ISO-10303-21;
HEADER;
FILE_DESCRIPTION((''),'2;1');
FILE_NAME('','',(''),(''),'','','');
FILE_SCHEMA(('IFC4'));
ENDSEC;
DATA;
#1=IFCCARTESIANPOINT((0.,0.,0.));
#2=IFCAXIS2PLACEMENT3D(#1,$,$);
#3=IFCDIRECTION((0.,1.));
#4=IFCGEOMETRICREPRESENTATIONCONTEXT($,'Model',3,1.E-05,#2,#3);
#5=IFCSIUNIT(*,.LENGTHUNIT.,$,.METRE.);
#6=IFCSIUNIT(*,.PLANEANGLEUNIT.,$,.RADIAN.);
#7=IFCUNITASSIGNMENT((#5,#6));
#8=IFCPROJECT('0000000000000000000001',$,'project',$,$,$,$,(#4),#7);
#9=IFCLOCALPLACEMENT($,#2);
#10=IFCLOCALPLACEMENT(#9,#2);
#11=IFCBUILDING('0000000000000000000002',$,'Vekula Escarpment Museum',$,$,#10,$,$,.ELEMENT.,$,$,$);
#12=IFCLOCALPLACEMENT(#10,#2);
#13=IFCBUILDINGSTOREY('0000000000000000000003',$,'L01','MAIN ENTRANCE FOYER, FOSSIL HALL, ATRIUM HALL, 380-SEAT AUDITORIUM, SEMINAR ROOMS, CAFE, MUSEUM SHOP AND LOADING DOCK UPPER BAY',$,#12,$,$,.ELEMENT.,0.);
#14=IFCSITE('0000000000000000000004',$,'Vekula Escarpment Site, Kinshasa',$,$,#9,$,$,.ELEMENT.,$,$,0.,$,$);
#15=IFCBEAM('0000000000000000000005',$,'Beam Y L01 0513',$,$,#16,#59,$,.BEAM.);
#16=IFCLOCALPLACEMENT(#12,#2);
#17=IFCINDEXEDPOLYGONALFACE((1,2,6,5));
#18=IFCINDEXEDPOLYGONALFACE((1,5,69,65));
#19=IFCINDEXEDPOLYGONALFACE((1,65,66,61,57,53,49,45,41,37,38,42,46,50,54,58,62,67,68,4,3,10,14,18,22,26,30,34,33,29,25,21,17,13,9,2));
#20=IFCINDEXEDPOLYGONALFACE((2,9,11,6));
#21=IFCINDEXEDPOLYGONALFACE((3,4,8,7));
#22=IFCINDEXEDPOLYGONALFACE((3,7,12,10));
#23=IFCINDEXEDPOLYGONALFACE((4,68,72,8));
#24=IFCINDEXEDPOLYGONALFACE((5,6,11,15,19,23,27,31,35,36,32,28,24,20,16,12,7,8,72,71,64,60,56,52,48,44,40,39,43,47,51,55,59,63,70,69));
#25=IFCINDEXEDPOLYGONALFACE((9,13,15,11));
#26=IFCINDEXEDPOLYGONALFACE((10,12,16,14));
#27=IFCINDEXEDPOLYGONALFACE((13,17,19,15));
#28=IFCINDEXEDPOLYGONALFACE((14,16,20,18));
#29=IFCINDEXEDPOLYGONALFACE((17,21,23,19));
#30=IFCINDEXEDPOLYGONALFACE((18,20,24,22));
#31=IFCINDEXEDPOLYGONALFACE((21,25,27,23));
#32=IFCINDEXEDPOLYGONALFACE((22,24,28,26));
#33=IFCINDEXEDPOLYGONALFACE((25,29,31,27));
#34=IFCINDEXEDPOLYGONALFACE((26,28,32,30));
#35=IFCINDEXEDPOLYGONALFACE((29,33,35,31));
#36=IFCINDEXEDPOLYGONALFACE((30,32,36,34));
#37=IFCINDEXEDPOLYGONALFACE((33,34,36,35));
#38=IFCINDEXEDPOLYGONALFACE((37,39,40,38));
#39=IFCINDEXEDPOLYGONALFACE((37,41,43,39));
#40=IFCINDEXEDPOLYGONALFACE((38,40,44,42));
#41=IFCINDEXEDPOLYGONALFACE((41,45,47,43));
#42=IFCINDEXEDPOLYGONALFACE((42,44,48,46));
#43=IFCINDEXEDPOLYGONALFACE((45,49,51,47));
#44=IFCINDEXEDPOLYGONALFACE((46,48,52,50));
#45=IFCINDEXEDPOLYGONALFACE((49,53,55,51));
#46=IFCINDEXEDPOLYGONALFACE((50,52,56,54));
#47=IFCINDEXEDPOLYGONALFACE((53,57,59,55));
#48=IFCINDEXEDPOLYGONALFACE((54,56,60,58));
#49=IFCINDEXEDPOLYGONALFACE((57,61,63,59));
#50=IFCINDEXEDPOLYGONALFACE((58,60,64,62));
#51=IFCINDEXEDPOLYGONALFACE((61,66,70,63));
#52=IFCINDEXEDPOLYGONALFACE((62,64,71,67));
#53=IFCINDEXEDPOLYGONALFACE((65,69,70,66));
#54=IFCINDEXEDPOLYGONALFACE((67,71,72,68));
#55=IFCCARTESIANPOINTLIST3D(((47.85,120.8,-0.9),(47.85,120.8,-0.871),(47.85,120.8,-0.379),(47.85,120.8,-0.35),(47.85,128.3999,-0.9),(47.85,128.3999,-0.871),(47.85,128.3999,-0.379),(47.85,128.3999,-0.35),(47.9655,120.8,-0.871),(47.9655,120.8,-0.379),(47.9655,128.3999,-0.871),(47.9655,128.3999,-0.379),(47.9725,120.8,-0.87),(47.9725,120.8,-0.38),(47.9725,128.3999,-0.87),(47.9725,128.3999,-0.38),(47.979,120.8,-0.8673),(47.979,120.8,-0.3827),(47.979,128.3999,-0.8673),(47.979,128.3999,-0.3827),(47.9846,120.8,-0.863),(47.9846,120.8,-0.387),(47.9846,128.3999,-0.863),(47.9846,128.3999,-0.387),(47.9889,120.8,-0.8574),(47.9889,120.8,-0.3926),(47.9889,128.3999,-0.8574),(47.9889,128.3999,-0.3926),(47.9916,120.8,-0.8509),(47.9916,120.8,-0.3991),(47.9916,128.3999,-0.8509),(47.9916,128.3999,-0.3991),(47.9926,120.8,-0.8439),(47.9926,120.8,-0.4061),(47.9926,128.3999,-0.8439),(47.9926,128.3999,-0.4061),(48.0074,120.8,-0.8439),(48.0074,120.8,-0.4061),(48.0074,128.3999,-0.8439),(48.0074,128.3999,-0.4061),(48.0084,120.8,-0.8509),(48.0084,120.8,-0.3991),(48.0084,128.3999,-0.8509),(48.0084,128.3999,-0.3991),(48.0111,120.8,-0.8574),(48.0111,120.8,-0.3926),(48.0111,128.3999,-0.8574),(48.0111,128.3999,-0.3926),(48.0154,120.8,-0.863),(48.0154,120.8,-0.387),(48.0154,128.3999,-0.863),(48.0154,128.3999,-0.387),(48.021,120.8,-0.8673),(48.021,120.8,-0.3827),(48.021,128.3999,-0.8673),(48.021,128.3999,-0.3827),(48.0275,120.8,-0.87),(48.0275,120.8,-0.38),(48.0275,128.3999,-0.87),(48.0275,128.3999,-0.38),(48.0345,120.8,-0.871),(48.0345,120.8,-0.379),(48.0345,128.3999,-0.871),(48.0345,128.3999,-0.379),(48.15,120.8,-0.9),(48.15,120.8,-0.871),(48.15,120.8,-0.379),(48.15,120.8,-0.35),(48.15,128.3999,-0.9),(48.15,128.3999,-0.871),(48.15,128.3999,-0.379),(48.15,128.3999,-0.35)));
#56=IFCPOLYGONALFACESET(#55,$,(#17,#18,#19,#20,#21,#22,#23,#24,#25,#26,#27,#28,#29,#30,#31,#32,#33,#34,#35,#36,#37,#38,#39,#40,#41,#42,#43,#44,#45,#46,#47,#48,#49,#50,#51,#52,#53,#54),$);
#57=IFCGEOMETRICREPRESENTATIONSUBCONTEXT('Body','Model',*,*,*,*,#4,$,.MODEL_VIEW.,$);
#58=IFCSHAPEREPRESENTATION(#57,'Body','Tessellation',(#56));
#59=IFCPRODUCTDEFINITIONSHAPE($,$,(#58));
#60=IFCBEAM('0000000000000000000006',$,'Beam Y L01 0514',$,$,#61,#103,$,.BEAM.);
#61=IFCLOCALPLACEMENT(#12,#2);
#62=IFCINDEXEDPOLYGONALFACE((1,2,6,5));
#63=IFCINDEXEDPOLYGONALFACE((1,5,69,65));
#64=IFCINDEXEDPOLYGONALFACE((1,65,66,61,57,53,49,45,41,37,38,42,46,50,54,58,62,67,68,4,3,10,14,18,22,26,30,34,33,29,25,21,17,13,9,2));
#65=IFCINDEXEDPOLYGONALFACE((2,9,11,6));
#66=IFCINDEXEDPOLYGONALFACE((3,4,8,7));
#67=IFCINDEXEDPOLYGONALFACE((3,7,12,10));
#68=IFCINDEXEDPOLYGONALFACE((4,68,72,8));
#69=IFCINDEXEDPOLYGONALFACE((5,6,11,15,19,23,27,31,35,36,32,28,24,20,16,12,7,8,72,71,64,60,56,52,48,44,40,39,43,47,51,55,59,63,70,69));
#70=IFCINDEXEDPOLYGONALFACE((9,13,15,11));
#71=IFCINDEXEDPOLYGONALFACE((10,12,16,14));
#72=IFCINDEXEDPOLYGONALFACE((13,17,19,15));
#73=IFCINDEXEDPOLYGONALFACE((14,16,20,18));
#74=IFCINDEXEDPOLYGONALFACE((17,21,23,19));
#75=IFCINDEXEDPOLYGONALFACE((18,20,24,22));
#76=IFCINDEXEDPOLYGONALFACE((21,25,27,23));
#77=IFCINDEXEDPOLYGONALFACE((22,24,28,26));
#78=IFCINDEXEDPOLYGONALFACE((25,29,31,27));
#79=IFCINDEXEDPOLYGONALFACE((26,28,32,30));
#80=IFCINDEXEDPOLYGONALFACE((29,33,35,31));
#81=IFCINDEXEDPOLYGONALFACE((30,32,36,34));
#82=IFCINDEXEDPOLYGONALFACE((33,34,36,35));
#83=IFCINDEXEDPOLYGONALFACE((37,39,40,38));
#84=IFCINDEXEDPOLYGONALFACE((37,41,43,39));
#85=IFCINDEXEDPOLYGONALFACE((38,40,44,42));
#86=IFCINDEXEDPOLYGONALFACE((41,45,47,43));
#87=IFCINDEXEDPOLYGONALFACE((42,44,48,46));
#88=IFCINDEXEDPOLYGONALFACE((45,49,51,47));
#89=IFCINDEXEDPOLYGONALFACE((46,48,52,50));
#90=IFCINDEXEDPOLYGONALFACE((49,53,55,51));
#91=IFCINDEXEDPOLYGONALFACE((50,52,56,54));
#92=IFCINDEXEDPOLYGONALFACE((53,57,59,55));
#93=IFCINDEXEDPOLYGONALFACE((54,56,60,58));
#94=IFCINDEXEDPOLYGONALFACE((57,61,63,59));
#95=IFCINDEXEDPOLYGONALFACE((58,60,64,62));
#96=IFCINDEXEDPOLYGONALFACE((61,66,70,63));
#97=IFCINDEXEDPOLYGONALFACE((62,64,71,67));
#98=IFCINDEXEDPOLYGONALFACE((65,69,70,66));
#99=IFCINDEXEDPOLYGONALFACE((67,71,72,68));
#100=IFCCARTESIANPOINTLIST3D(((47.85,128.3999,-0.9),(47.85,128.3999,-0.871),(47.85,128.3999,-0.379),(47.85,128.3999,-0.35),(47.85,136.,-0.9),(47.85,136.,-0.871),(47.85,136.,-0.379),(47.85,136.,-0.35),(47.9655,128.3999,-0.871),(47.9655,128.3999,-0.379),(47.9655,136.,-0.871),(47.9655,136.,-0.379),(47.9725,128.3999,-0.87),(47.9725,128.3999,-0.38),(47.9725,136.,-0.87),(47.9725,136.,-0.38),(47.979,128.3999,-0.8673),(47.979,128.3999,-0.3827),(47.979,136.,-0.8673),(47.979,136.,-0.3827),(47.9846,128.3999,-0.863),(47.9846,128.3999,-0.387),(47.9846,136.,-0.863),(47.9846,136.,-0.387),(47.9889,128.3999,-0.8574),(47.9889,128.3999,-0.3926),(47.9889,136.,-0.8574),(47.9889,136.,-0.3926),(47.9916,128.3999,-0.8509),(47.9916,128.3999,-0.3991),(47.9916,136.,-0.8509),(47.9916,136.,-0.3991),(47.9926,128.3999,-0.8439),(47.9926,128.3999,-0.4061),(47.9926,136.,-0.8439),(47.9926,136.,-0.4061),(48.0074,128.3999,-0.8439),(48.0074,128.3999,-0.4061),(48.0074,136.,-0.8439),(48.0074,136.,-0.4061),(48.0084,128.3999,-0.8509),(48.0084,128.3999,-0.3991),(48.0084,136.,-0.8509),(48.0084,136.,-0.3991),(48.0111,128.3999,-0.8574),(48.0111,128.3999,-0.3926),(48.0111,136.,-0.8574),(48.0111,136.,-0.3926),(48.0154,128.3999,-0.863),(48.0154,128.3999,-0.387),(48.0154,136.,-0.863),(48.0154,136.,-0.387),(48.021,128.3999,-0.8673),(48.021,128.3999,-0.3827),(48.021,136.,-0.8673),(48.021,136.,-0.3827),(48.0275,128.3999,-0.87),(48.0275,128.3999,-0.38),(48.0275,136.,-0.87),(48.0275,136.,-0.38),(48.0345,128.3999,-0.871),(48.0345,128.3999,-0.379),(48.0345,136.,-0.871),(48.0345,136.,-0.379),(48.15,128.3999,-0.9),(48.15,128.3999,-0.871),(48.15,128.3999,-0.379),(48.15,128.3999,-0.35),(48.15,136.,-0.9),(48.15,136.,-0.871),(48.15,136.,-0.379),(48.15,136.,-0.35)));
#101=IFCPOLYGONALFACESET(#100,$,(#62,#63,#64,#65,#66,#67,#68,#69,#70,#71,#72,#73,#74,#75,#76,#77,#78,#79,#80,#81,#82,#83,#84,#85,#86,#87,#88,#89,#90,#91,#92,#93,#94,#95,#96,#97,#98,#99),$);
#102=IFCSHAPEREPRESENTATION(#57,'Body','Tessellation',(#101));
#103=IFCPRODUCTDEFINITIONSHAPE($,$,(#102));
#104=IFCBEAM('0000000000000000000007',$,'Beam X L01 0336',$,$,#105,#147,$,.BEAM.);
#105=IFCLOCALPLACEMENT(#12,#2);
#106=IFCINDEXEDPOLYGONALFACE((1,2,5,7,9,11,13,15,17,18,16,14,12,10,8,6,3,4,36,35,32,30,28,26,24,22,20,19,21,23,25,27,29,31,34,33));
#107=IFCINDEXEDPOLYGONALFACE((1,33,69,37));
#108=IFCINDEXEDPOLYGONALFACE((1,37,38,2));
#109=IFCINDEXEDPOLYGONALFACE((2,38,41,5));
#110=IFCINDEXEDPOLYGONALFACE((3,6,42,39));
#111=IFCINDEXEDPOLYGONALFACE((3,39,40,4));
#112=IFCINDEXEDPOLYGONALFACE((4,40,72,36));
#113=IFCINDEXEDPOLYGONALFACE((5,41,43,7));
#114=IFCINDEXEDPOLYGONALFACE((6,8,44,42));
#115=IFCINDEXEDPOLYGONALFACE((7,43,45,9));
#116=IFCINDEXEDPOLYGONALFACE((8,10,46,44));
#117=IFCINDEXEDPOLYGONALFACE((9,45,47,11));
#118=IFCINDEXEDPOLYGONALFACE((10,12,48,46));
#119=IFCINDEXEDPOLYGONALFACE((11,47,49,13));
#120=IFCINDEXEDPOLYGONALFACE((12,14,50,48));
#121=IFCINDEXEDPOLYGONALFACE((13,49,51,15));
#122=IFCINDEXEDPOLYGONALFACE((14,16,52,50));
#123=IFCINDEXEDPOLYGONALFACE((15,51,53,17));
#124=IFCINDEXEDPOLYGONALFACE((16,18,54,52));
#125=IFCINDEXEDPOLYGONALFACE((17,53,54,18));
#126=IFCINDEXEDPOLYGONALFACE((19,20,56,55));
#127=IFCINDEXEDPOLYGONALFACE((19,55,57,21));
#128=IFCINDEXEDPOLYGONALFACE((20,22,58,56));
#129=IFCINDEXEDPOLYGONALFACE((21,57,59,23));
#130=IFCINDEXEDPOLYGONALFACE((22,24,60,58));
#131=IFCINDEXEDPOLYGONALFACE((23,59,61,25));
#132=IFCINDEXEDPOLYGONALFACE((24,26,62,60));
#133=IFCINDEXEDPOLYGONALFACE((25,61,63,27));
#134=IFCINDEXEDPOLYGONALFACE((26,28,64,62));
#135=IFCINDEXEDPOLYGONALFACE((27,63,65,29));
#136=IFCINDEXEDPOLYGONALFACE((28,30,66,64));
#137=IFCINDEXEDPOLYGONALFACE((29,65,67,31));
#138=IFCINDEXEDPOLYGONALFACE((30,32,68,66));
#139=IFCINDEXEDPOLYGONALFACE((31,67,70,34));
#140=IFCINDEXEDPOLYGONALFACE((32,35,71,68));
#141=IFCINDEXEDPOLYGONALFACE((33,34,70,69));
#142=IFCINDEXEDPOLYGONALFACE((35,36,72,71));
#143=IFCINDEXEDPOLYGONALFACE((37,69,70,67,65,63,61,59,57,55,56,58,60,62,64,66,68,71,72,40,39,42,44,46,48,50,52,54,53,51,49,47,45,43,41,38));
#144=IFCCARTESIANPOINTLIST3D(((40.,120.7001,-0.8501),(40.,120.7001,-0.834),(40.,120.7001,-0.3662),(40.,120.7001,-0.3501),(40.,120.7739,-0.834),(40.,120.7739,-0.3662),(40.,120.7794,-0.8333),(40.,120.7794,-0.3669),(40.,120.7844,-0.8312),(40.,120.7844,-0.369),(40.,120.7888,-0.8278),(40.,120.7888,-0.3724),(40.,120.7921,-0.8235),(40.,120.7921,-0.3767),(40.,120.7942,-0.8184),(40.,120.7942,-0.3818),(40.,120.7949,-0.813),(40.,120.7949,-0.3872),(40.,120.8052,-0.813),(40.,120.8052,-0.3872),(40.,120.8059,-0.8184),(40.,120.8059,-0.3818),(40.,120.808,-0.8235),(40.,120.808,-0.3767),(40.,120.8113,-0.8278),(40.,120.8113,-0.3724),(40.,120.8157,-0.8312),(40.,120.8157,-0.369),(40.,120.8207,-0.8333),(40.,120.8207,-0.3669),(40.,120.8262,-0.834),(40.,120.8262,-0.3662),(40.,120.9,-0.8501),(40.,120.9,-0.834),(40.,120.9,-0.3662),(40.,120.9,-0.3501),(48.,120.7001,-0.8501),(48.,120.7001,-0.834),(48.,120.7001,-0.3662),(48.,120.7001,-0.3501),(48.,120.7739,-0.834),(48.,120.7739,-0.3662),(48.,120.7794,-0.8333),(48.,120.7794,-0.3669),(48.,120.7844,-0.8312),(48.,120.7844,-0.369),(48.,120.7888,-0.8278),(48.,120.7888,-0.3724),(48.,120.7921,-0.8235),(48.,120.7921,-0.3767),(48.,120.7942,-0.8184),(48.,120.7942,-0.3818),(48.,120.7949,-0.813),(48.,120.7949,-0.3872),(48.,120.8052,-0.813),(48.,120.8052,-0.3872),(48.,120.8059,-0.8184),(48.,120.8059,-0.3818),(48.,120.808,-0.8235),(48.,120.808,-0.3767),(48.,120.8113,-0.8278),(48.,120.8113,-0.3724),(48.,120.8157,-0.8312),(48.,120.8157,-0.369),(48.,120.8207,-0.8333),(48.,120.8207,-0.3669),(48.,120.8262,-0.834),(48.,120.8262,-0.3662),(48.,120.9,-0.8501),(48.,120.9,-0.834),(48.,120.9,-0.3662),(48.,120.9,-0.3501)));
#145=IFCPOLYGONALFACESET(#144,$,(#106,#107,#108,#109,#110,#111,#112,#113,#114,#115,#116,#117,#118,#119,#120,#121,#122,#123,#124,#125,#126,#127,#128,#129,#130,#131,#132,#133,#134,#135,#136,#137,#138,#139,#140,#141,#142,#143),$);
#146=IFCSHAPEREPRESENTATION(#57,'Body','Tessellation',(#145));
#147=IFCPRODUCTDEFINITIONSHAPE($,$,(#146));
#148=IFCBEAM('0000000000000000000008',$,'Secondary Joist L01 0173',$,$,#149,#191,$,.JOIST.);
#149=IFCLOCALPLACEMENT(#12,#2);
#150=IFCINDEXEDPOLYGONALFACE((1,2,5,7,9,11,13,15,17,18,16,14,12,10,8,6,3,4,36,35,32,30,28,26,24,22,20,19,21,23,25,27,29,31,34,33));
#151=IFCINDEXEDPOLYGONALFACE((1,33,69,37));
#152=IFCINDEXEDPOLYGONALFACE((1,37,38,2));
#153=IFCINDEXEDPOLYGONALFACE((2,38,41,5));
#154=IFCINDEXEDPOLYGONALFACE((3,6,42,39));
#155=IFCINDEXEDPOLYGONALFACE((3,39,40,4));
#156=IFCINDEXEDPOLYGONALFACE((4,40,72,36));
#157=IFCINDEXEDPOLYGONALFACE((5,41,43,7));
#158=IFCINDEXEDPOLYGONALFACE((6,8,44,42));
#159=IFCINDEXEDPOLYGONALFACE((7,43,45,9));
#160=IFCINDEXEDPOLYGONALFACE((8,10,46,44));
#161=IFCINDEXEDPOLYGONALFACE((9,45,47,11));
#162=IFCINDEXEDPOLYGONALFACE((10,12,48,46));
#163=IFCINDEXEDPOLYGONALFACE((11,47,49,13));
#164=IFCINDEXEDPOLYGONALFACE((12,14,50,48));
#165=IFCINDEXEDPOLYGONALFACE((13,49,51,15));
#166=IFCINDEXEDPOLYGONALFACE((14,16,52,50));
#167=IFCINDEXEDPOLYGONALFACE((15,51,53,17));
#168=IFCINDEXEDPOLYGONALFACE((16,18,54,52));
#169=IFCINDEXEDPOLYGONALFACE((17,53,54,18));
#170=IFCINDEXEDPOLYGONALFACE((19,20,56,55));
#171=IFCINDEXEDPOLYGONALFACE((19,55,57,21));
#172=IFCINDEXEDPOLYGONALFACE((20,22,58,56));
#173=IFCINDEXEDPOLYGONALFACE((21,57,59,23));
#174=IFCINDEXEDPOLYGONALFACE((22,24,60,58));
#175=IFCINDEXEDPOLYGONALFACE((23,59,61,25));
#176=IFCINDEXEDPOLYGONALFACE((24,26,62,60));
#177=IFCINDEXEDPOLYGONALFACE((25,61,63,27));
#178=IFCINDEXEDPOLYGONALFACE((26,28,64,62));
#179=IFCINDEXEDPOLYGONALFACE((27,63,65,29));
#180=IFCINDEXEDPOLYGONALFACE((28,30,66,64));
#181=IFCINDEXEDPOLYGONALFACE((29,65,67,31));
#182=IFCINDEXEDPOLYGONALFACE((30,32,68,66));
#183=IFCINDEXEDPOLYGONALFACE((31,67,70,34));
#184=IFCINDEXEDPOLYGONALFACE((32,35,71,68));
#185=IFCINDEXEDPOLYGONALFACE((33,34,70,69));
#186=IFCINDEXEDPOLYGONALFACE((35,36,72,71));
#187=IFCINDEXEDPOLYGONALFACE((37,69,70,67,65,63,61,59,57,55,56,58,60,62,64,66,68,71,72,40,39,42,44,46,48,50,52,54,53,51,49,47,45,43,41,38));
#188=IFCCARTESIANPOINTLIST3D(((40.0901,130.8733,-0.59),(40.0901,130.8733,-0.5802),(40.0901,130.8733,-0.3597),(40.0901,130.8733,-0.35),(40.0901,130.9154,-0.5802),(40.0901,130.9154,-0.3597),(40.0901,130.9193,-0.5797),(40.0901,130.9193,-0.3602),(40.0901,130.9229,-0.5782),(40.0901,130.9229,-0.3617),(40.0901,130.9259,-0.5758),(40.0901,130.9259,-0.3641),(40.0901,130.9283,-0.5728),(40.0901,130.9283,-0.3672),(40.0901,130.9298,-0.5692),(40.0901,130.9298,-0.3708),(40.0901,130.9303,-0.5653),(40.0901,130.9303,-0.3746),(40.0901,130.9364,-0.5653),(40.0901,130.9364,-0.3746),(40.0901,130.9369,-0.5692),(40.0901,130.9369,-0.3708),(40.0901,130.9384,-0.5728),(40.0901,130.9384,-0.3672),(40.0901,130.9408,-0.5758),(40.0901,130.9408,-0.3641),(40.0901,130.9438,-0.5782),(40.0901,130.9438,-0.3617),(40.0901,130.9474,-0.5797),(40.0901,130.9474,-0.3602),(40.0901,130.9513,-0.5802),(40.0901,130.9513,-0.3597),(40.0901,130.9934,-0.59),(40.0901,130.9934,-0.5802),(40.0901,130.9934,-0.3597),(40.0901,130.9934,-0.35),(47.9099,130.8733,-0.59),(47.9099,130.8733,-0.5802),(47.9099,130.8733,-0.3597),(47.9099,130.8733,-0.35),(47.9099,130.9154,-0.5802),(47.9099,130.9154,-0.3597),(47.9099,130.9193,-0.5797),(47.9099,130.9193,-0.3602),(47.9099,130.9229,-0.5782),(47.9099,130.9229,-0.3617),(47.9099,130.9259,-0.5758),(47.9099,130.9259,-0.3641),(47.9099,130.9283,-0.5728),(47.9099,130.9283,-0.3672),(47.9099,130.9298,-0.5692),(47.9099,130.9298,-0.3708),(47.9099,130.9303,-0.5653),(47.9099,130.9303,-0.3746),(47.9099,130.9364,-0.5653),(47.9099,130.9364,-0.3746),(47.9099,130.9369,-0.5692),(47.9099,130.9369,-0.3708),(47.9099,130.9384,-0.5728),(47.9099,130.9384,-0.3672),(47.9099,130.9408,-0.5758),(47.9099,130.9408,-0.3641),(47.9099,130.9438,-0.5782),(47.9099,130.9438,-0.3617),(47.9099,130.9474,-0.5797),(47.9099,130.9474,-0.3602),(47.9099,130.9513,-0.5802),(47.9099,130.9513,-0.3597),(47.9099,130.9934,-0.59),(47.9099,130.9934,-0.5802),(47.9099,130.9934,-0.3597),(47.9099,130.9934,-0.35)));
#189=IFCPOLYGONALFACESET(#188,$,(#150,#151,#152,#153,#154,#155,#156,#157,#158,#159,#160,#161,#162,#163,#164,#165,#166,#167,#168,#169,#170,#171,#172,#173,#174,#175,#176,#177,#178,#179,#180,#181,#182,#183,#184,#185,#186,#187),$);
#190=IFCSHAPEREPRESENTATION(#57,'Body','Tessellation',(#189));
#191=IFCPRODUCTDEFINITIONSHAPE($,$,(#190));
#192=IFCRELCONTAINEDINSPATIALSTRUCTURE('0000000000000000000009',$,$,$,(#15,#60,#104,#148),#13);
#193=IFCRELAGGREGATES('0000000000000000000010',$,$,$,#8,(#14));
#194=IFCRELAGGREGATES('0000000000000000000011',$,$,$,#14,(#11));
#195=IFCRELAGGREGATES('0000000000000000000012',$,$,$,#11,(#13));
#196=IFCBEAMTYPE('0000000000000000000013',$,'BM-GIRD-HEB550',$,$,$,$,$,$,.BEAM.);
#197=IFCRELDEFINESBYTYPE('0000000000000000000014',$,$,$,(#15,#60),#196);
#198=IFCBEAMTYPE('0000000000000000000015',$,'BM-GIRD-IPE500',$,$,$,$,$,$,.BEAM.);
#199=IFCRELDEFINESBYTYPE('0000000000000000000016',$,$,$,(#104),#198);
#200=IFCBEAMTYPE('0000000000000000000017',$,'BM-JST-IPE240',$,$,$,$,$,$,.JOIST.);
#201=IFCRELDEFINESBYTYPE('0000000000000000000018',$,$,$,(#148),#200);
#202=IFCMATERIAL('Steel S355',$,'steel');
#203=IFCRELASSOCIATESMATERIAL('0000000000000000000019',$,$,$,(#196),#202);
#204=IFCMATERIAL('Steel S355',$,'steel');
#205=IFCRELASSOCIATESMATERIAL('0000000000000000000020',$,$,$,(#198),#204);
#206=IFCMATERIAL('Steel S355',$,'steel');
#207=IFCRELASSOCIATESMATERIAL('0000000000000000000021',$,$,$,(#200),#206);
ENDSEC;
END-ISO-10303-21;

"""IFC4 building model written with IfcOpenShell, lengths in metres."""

from ifc_helpers import new_model, si_unit, direction, frame, origin, origin_2d, place, context, subcontext, project, spatial, i_section, extrude, material, material_profile, profile_set, type_object, element, save


model = new_model("IFC4")

# Units and contexts
model_context = context("Model", 3, precision=1e-05, world=origin(), true_north=direction((0.0, 1.0)))
body_context = subcontext(model_context, "Body", "Model", "MODEL_VIEW")
ifc_project = project(units=[si_unit("LENGTHUNIT", "METRE"), si_unit("PLANEANGLEUNIT", "RADIAN")], contexts=[model_context])

# Site, building, storey
site_placement = place(None, origin())
site = spatial("IfcSite", under=ifc_project, at=site_placement, Name="Vekula Escarpment Site, Kinshasa", CompositionType="ELEMENT", RefElevation=0.0)
building_placement = place(site_placement, origin())
building = spatial("IfcBuilding", under=site, at=building_placement, Name="Vekula Escarpment Museum", CompositionType="ELEMENT")
storey_placement = place(building_placement, origin())
storey = spatial("IfcBuildingStorey", under=building, at=storey_placement, Name="L01", Description="MAIN ENTRANCE FOYER, FOSSIL HALL, ATRIUM HALL, 380-SEAT AUDITORIUM, SEMINAR ROOMS, CAFE, MUSEUM SHOP AND LOADING DOCK UPPER BAY", CompositionType="ELEMENT", Elevation=0.0)

# Beams
ifc_material_1 = material(Name="Steel S355", Category="steel")
ifc_material_profile_1 = material_profile(ifc_material_1, i_section(OverallWidth=0.3, OverallDepth=0.55, WebThickness=0.0149, FlangeThickness=0.0291, FilletRadius=0.0271, at=origin_2d()), Name="HEB 550")
ifc_profile_set_1 = profile_set([ifc_material_profile_1], Name="Steel S355")
beam_type_1 = type_object("IfcBeamType", Name="BM-GIRD-HEB550", PredefinedType="BEAM", material=ifc_profile_set_1)
beam_1_placement = place(storey_placement, frame((48.0, 120.8, -0.625), z_axis=(0.0, 1.0, 0.0), x_axis=(-1.0, 0.0, 0.0)))
element("IfcBeam", 1, at=beam_1_placement, inside=storey, type_object=beam_type_1, Name="Beam Y L01 0513", PredefinedType="BEAM", context=body_context, shape_type="SweptSolid", body=[
    extrude(i_section(OverallWidth=0.3, OverallDepth=0.55, WebThickness=0.0149, FlangeThickness=0.0291, FilletRadius=0.0271, at=origin_2d()), origin(), (0.0, 0.0, 1.0), 7.5999),
])
beam_2_placement = place(storey_placement, frame((48.0, 128.3999, -0.625), z_axis=(0.0, 1.0, 0.0), x_axis=(-1.0, 0.0, 0.0)))
element("IfcBeam", 2, at=beam_2_placement, inside=storey, type_object=beam_type_1, Name="Beam Y L01 0514", PredefinedType="BEAM", context=body_context, shape_type="SweptSolid", body=[
    extrude(i_section(OverallWidth=0.3, OverallDepth=0.55, WebThickness=0.0149, FlangeThickness=0.0291, FilletRadius=0.0271, at=origin_2d()), origin(), (0.0, 0.0, 1.0), 7.6001),
])
ifc_material_2 = material(Name="Steel S355", Category="steel")
ifc_material_profile_2 = material_profile(ifc_material_2, i_section(OverallWidth=0.2, OverallDepth=0.5, WebThickness=0.0103, FlangeThickness=0.0161, FilletRadius=0.021, at=origin_2d()), Name="IPE 500")
ifc_profile_set_2 = profile_set([ifc_material_profile_2], Name="Steel S355")
beam_type_2 = type_object("IfcBeamType", Name="BM-GIRD-IPE500", PredefinedType="BEAM", material=ifc_profile_set_2)
beam_3_placement = place(storey_placement, frame((40.0, 120.8, -0.6001), z_axis=(1.0, 0.0, 0.0), x_axis=(0.0, 1.0, 0.0)))
element("IfcBeam", 3, at=beam_3_placement, inside=storey, type_object=beam_type_2, Name="Beam X L01 0336", PredefinedType="BEAM", context=body_context, shape_type="SweptSolid", body=[
    extrude(i_section(OverallWidth=0.2, OverallDepth=0.5, WebThickness=0.0103, FlangeThickness=0.0161, FilletRadius=0.021, at=origin_2d()), origin(), (0.0, 0.0, 1.0), 8.0),
])
ifc_material_3 = material(Name="Steel S355", Category="steel")
ifc_material_profile_3 = material_profile(ifc_material_3, i_section(OverallWidth=0.1201, OverallDepth=0.24, WebThickness=0.0061, FlangeThickness=0.0098, FilletRadius=0.0149, at=origin_2d()), Name="IPE 240")
ifc_profile_set_3 = profile_set([ifc_material_profile_3], Name="Steel S355")
beam_type_3 = type_object("IfcBeamType", Name="BM-JST-IPE240", PredefinedType="JOIST", material=ifc_profile_set_3)
for number, where, z_axis, x_axis, name in (
    (4, (40.0901, 130.9333, -0.47), (1.0, 0.0, 0.0), (0.0, 1.0, 0.0), "Secondary Joist L01 0173"),
):
    element("IfcBeam", number, at=place(storey_placement, frame(where, z_axis=z_axis, x_axis=x_axis)), inside=storey, type_object=beam_type_3, Name=name, PredefinedType="JOIST", context=body_context, shape_type="SweptSolid", body=[
        extrude(i_section(OverallWidth=0.1201, OverallDepth=0.24, WebThickness=0.0061, FlangeThickness=0.0098, FilletRadius=0.0149, at=origin_2d()), origin(), (0.0, 0.0, 1.0), 7.8198),
    ])

save(model, "model.ifc")
